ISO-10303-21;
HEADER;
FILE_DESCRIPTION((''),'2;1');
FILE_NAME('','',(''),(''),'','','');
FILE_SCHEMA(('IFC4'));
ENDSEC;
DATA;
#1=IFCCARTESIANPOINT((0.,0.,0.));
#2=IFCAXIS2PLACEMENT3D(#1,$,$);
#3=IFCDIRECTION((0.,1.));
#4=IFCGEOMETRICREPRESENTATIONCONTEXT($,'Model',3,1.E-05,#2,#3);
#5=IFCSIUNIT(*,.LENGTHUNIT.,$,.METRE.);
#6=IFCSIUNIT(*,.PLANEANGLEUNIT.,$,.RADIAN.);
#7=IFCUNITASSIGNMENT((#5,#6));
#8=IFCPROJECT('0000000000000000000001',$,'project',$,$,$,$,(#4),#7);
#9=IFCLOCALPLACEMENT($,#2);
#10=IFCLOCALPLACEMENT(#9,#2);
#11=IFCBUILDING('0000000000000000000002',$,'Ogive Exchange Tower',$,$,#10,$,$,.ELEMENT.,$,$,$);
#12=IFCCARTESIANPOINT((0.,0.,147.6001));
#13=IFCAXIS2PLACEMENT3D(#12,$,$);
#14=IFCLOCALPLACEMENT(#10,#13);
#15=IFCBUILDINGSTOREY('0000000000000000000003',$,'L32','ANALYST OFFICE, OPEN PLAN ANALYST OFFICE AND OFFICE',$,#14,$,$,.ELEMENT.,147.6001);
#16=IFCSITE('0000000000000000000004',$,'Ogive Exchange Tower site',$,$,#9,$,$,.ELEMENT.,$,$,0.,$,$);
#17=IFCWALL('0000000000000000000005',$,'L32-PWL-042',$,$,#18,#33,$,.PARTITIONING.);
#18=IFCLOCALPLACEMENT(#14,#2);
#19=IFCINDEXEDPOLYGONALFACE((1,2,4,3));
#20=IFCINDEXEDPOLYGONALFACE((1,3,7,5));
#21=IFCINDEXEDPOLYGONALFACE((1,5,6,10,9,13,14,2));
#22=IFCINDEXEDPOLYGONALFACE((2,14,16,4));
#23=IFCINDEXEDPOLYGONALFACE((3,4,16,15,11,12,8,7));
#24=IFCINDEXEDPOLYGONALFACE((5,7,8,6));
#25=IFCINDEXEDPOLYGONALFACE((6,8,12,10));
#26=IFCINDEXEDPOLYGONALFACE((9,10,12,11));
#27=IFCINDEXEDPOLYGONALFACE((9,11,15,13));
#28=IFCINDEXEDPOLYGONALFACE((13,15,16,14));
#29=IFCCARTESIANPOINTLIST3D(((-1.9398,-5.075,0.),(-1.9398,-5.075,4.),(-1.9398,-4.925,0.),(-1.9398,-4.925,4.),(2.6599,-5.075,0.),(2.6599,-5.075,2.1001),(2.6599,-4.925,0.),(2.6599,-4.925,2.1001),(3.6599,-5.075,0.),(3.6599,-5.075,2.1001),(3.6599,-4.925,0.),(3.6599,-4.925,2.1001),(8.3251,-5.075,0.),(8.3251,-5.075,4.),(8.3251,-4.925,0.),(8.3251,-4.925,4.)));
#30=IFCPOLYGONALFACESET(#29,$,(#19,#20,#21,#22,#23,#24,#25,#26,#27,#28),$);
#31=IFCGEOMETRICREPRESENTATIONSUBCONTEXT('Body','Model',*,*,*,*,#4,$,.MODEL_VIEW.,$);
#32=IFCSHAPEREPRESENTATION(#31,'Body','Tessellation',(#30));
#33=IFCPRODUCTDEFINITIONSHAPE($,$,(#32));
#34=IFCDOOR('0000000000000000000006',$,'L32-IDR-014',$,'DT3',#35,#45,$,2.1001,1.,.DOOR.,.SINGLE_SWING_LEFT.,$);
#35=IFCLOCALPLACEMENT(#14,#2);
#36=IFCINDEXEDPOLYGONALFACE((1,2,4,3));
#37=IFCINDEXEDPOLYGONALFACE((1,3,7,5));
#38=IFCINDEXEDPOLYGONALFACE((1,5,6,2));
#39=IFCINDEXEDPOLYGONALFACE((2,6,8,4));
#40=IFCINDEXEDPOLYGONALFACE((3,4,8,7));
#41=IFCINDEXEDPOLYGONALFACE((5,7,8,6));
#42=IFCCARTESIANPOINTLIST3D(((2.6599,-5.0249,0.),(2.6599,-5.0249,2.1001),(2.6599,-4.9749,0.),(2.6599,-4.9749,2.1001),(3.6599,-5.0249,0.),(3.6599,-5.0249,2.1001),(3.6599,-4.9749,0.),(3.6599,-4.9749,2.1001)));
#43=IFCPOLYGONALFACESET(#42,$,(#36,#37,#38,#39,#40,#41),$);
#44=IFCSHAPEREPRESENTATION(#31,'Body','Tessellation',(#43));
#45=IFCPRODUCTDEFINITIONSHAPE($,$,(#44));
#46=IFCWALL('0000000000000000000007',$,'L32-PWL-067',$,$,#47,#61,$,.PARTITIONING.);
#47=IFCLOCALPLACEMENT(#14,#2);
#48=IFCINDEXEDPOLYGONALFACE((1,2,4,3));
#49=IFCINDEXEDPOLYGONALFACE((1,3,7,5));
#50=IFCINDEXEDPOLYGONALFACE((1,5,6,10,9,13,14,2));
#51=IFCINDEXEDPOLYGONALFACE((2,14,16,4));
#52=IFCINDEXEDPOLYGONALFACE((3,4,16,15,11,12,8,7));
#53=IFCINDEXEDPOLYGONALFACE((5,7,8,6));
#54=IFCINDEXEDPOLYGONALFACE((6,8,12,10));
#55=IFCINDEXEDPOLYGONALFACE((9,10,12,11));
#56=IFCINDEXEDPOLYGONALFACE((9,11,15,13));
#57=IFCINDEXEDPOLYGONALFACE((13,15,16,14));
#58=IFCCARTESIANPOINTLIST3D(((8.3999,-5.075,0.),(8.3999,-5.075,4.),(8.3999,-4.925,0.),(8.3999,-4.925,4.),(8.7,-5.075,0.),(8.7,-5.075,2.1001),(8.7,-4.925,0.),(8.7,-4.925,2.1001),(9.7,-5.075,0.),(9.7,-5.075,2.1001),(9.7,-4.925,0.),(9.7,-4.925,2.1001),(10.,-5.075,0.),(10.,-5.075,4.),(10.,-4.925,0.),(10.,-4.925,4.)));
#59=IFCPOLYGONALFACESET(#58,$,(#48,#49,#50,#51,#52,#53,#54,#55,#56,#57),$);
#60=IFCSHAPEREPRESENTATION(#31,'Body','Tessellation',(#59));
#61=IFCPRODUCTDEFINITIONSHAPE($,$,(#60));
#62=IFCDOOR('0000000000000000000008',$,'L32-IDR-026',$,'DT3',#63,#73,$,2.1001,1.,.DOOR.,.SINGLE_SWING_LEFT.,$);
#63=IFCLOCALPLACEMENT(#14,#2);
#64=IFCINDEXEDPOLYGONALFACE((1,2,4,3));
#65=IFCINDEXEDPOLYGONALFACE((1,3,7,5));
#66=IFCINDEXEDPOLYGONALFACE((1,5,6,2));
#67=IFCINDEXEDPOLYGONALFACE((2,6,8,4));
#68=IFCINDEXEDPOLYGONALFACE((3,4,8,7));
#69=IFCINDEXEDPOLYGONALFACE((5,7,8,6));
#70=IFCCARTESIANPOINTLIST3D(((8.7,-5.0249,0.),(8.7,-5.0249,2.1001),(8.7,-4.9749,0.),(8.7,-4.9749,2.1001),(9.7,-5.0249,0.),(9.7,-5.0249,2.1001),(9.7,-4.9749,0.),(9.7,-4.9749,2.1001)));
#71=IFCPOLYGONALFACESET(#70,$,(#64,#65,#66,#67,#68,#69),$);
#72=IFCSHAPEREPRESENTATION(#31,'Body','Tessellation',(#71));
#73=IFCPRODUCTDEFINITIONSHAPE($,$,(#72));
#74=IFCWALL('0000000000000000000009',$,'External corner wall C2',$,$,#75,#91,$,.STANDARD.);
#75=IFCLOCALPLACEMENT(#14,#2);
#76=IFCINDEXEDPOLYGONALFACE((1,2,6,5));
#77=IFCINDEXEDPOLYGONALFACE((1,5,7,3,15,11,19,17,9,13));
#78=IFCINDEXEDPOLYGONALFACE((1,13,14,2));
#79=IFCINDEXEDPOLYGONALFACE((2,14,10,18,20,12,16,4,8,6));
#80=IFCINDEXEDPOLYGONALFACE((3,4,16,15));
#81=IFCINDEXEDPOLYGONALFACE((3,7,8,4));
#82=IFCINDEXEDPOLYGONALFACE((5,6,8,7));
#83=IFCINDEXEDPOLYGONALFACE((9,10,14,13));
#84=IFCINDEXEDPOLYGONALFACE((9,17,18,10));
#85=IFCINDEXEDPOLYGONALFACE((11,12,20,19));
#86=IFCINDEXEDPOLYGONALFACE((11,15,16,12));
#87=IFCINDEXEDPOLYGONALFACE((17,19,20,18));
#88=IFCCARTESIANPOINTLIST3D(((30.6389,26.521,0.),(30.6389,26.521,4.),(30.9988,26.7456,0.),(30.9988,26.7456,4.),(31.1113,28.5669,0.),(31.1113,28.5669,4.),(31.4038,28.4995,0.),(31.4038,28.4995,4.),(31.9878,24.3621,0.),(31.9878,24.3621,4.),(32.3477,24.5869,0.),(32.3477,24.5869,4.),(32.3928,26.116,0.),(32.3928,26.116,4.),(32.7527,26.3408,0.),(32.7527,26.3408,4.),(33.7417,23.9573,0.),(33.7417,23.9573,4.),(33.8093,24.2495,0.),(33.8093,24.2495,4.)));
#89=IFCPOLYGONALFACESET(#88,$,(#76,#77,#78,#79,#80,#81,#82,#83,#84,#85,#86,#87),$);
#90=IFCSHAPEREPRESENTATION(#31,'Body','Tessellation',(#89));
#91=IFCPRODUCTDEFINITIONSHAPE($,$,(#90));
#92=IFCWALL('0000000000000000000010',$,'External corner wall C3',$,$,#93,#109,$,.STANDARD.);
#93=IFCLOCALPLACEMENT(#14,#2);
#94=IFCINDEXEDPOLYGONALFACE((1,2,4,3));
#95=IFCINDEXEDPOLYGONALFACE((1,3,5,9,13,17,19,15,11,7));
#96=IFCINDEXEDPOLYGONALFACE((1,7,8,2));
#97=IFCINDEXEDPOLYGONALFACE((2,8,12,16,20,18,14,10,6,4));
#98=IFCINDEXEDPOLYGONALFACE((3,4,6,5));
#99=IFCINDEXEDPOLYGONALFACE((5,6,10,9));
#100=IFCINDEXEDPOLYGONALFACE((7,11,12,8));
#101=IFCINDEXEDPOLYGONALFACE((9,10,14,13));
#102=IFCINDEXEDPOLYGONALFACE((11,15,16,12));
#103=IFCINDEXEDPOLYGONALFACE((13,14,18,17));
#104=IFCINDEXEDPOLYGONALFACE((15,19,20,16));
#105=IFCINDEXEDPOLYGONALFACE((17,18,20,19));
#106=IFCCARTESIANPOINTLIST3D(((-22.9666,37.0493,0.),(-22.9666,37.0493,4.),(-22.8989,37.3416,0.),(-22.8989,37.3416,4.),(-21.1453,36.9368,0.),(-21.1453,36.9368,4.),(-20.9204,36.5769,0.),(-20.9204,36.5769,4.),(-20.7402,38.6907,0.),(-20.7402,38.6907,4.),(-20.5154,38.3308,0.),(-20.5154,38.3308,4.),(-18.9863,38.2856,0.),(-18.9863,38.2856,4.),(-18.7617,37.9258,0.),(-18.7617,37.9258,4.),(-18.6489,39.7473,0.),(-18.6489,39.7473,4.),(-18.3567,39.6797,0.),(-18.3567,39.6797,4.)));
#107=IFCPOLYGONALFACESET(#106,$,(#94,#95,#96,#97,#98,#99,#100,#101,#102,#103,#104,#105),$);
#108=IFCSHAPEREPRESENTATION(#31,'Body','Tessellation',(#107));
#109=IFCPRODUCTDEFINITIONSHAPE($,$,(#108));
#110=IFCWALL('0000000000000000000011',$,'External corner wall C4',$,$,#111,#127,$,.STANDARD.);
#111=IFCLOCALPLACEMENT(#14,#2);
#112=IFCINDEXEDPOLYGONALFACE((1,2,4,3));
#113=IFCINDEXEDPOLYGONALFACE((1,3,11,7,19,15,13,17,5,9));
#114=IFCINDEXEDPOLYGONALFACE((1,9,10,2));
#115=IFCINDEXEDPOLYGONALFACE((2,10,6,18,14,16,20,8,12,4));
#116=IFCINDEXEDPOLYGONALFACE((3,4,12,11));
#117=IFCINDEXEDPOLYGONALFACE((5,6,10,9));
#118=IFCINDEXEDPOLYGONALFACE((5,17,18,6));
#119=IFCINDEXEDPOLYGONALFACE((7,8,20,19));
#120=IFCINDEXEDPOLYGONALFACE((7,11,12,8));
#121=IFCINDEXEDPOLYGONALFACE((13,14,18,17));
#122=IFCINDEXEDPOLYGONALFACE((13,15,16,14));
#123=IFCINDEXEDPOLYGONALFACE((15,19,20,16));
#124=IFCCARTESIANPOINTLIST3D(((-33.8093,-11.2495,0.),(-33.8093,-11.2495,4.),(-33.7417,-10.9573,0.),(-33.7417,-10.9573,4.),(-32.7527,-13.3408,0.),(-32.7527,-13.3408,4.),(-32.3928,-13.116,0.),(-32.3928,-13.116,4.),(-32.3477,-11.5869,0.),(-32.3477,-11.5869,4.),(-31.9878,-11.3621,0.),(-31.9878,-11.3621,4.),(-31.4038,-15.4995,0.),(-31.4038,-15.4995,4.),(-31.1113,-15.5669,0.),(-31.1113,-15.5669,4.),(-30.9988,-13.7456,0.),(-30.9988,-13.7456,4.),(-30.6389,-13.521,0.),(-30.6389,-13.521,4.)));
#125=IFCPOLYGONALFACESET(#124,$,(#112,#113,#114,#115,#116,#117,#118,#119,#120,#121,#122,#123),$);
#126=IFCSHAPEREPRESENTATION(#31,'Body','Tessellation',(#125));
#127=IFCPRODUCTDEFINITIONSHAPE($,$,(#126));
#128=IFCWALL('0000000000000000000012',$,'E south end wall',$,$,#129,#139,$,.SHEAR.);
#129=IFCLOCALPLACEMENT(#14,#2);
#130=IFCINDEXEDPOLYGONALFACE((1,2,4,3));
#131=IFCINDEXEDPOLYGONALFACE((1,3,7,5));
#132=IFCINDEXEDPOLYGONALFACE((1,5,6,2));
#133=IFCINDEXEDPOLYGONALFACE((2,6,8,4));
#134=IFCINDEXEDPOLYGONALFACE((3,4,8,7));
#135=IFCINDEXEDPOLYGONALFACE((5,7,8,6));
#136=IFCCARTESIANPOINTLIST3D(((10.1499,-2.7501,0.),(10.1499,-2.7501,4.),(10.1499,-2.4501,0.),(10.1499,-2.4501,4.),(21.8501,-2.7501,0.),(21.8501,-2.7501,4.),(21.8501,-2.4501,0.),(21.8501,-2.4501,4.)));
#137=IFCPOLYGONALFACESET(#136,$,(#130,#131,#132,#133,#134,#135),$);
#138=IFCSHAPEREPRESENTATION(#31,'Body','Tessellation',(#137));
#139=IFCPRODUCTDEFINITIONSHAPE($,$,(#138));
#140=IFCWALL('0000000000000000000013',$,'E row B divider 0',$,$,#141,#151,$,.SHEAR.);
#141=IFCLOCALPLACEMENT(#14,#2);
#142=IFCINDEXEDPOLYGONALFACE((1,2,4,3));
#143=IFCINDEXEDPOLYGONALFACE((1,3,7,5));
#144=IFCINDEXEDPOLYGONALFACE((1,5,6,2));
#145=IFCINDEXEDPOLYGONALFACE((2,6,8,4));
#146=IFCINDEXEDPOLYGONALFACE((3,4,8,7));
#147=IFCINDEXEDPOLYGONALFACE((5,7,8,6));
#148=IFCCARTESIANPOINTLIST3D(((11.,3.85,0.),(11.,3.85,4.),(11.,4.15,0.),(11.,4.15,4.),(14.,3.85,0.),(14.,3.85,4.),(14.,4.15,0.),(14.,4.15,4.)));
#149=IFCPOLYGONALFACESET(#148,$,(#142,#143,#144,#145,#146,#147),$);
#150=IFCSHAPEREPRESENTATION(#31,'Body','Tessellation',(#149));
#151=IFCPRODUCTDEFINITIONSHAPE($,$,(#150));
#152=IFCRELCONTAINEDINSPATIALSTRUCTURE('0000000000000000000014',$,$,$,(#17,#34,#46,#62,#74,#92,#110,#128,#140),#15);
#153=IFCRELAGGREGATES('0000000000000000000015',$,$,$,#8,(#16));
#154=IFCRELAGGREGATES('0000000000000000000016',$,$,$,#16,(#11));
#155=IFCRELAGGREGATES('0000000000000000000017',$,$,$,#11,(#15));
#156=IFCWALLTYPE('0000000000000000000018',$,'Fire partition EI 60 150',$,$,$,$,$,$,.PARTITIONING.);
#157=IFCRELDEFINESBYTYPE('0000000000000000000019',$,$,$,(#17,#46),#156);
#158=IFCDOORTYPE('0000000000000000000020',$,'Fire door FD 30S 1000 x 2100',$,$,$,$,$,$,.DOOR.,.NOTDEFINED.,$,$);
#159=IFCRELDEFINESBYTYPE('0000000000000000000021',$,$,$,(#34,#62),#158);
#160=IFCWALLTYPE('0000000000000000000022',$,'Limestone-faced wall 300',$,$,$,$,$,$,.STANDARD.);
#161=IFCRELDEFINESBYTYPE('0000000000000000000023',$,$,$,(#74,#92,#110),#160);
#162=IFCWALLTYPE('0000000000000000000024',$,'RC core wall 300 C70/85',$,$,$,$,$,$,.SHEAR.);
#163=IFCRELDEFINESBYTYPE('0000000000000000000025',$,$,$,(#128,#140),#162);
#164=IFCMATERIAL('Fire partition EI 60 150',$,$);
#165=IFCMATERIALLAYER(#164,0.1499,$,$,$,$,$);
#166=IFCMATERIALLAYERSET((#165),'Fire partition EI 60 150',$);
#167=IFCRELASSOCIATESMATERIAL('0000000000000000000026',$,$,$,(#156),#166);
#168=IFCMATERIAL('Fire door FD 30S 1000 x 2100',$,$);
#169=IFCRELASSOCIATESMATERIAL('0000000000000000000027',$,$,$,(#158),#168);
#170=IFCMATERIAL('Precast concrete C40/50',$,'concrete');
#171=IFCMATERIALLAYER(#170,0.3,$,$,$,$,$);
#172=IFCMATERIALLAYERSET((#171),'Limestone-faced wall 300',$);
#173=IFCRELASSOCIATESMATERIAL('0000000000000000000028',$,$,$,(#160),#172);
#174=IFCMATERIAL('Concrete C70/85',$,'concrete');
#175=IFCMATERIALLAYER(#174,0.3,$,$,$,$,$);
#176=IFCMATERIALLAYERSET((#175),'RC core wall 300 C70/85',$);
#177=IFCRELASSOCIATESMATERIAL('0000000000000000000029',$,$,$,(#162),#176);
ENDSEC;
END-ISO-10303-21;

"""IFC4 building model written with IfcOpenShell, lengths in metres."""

from ifc_helpers import new_model, si_unit, direction, frame, frame_2d, origin, place, context, subcontext, project, spatial, polyline, rectangle, outline, extrude, material, layer, layer_set, type_object, element, fill, save


model = new_model("IFC4")

# Units and contexts
model_context = context("Model", 3, precision=1e-05, world=origin(), true_north=direction((0.0, 1.0)))
body_context = subcontext(model_context, "Body", "Model", "MODEL_VIEW")
ifc_project = project(units=[si_unit("LENGTHUNIT", "METRE"), si_unit("PLANEANGLEUNIT", "RADIAN")], contexts=[model_context])

# Site, building, storey
site_placement = place(None, origin())
site = spatial("IfcSite", under=ifc_project, at=site_placement, Name="Ogive Exchange Tower site", CompositionType="ELEMENT", RefElevation=0.0)
building_placement = place(site_placement, origin())
building = spatial("IfcBuilding", under=site, at=building_placement, Name="Ogive Exchange Tower", CompositionType="ELEMENT")
storey_placement = place(building_placement, frame((0.0, 0.0, 147.6001)))
storey = spatial("IfcBuildingStorey", under=building, at=storey_placement, Name="L32", Description="ANALYST OFFICE, OPEN PLAN ANALYST OFFICE AND OFFICE", CompositionType="ELEMENT", Elevation=147.6001)

# Shared definitions
ifc_material_1 = material(Name="Concrete C70/85", Category="concrete")

# Walls, openings, doors
ifc_material_2 = material(Name="Fire partition EI 60 150")
ifc_layer_1 = layer(ifc_material_2, 0.1499)
ifc_layer_set_1 = layer_set([ifc_layer_1], Name="Fire partition EI 60 150")
wall_type_1 = type_object("IfcWallType", Name="Fire partition EI 60 150", PredefinedType="PARTITIONING", material=ifc_layer_set_1)
wall_1_placement = place(storey_placement, frame((8.325, -5.0, 0.0), z_axis=(0.0, 0.0, 1.0), x_axis=(-1.0, 0.0, 0.0)))
wall_1 = element("IfcWall", 1, at=wall_1_placement, inside=storey, type_object=wall_type_1, Name="L32-PWL-042", PredefinedType="PARTITIONING", context=body_context, shape_type="SweptSolid", body=[
    extrude(rectangle(XDim=10.2649, YDim=0.1499, at=frame_2d((5.1323, 0.0))), origin(), (0.0, 0.0, 1.0), 4.0),
])
opening_1_placement = place(wall_1_placement, frame((4.665, 0.0, 0.0)))
opening_1 = element("IfcOpeningElement", 2, at=opening_1_placement, cuts=wall_1, PredefinedType="OPENING", context=body_context, shape_type="SweptSolid", body=[
    extrude(rectangle(XDim=1.0, YDim=2.1001, at=frame_2d((0.5, 1.05))), frame((0.0, 0.085, 0.0), z_axis=(0.0, -1.0, 0.0), x_axis=(1.0, 0.0, 0.0)), (0.0, 0.0, 1.0), 0.1699),
])
ifc_material_3 = material(Name="Fire door FD 30S 1000 x 2100")
door_type_1 = type_object("IfcDoorType", Name="Fire door FD 30S 1000 x 2100", OperationType="NOTDEFINED", PredefinedType="DOOR", material=ifc_material_3)
door_1_placement = place(opening_1_placement, origin())
door_1 = element("IfcDoor", 3, at=door_1_placement, inside=storey, type_object=door_type_1, Name="L32-IDR-014", ObjectType="DT3", OperationType="SINGLE_SWING_LEFT", OverallHeight=2.1001, OverallWidth=1.0, PredefinedType="DOOR", context=body_context, shape_type="SweptSolid", body=[
    extrude(rectangle(XDim=1.0, YDim=2.1001, at=frame_2d((0.5, 1.05))), frame((0.0, 0.0249, 0.0), z_axis=(0.0, -1.0, 0.0), x_axis=(1.0, 0.0, 0.0)), (0.0, 0.0, 1.0), 0.05),
])
fill(opening_1, door_1)
wall_2_placement = place(storey_placement, frame((10.0, -5.0, 0.0), z_axis=(0.0, 0.0, 1.0), x_axis=(-1.0, 0.0, 0.0)))
wall_2 = element("IfcWall", 4, at=wall_2_placement, inside=storey, type_object=wall_type_1, Name="L32-PWL-067", PredefinedType="PARTITIONING", context=body_context, shape_type="SweptSolid", body=[
    extrude(rectangle(XDim=1.6001, YDim=0.1499, at=frame_2d((0.8, 0.0))), origin(), (0.0, 0.0, 1.0), 4.0),
])
opening_2_placement = place(wall_2_placement, frame((0.3, 0.0, 0.0)))
opening_2 = element("IfcOpeningElement", 5, at=opening_2_placement, cuts=wall_2, PredefinedType="OPENING", context=body_context, shape_type="SweptSolid", body=[
    extrude(rectangle(XDim=1.0, YDim=2.1001, at=frame_2d((0.5, 1.05))), frame((0.0, 0.085, 0.0), z_axis=(0.0, -1.0, 0.0), x_axis=(1.0, 0.0, 0.0)), (0.0, 0.0, 1.0), 0.1699),
])
door_2_placement = place(opening_2_placement, origin())
door_2 = element("IfcDoor", 6, at=door_2_placement, inside=storey, type_object=door_type_1, Name="L32-IDR-026", ObjectType="DT3", OperationType="SINGLE_SWING_LEFT", OverallHeight=2.1001, OverallWidth=1.0, PredefinedType="DOOR", context=body_context, shape_type="SweptSolid", body=[
    extrude(rectangle(XDim=1.0, YDim=2.1001, at=frame_2d((0.5, 1.05))), frame((0.0, 0.0249, 0.0), z_axis=(0.0, -1.0, 0.0), x_axis=(1.0, 0.0, 0.0)), (0.0, 0.0, 1.0), 0.05),
])
fill(opening_2, door_2)

# Walls
ifc_material_4 = material(Name="Precast concrete C40/50", Category="concrete")
ifc_layer_2 = layer(ifc_material_4, 0.3)
ifc_layer_set_2 = layer_set([ifc_layer_2], Name="Limestone-faced wall 300")
wall_type_2 = type_object("IfcWallType", Name="Limestone-faced wall 300", PredefinedType="STANDARD", material=ifc_layer_set_2)
wall_3_placement = place(storey_placement, origin())
element("IfcWall", 7, at=wall_3_placement, inside=storey, type_object=wall_type_2, Name="External corner wall C2", PredefinedType="STANDARD", context=body_context, shape_type="SweptSolid", body=[
    extrude(outline(polyline([(32.3928, 26.116), (30.6389, 26.521), (31.1113, 28.5669), (31.4038, 28.4995), (30.9988, 26.7456), (32.7527, 26.3408), (32.3477, 24.5869), (33.8093, 24.2495), (33.7417, 23.9573), (31.9878, 24.3621), (32.3928, 26.116)])), origin(), (0.0, 0.0, 1.0), 4.0),
])
wall_4_placement = place(storey_placement, origin())
element("IfcWall", 8, at=wall_4_placement, inside=storey, type_object=wall_type_2, Name="External corner wall C3", PredefinedType="STANDARD", context=body_context, shape_type="SweptSolid", body=[
    extrude(outline(polyline([(-22.9666, 37.0493), (-22.8989, 37.3416), (-21.1453, 36.9368), (-20.7402, 38.6907), (-18.9863, 38.2856), (-18.6489, 39.7473), (-18.3567, 39.6797), (-18.7617, 37.9258), (-20.5154, 38.3308), (-20.9204, 36.5769), (-22.9666, 37.0493)])), origin(), (0.0, 0.0, 1.0), 4.0),
])
wall_5_placement = place(storey_placement, origin())
element("IfcWall", 9, at=wall_5_placement, inside=storey, type_object=wall_type_2, Name="External corner wall C4", PredefinedType="STANDARD", context=body_context, shape_type="SweptSolid", body=[
    extrude(outline(polyline([(-32.3928, -13.116), (-30.6389, -13.521), (-31.1113, -15.5669), (-31.4038, -15.4995), (-30.9988, -13.7456), (-32.7527, -13.3408), (-32.3477, -11.5869), (-33.8093, -11.2495), (-33.7417, -10.9573), (-31.9878, -11.3621), (-32.3928, -13.116)])), origin(), (0.0, 0.0, 1.0), 4.0),
])
ifc_layer_3 = layer(ifc_material_1, 0.3)
ifc_layer_set_3 = layer_set([ifc_layer_3], Name="RC core wall 300 C70/85")
wall_type_3 = type_object("IfcWallType", Name="RC core wall 300 C70/85", PredefinedType="SHEAR", material=ifc_layer_set_3)
wall_6_placement = place(storey_placement, frame((10.1499, -2.6001, 0.0), z_axis=(0.0, 0.0, 1.0), x_axis=(1.0, 0.0, 0.0)))
element("IfcWall", 10, at=wall_6_placement, inside=storey, type_object=wall_type_3, Name="E south end wall", PredefinedType="SHEAR", context=body_context, shape_type="SweptSolid", body=[
    extrude(rectangle(XDim=11.7002, YDim=0.3, at=frame_2d((5.8501, 0.0))), origin(), (0.0, 0.0, 1.0), 4.0),
])
wall_7_placement = place(storey_placement, frame((11.0, 4.0, 0.0), z_axis=(0.0, 0.0, 1.0), x_axis=(1.0, 0.0, 0.0)))
element("IfcWall", 11, at=wall_7_placement, inside=storey, type_object=wall_type_3, Name="E row B divider 0", PredefinedType="SHEAR", context=body_context, shape_type="SweptSolid", body=[
    extrude(rectangle(XDim=3.0, YDim=0.3, at=frame_2d((1.5, 0.0))), origin(), (0.0, 0.0, 1.0), 4.0),
])

save(model, "model.ifc")
